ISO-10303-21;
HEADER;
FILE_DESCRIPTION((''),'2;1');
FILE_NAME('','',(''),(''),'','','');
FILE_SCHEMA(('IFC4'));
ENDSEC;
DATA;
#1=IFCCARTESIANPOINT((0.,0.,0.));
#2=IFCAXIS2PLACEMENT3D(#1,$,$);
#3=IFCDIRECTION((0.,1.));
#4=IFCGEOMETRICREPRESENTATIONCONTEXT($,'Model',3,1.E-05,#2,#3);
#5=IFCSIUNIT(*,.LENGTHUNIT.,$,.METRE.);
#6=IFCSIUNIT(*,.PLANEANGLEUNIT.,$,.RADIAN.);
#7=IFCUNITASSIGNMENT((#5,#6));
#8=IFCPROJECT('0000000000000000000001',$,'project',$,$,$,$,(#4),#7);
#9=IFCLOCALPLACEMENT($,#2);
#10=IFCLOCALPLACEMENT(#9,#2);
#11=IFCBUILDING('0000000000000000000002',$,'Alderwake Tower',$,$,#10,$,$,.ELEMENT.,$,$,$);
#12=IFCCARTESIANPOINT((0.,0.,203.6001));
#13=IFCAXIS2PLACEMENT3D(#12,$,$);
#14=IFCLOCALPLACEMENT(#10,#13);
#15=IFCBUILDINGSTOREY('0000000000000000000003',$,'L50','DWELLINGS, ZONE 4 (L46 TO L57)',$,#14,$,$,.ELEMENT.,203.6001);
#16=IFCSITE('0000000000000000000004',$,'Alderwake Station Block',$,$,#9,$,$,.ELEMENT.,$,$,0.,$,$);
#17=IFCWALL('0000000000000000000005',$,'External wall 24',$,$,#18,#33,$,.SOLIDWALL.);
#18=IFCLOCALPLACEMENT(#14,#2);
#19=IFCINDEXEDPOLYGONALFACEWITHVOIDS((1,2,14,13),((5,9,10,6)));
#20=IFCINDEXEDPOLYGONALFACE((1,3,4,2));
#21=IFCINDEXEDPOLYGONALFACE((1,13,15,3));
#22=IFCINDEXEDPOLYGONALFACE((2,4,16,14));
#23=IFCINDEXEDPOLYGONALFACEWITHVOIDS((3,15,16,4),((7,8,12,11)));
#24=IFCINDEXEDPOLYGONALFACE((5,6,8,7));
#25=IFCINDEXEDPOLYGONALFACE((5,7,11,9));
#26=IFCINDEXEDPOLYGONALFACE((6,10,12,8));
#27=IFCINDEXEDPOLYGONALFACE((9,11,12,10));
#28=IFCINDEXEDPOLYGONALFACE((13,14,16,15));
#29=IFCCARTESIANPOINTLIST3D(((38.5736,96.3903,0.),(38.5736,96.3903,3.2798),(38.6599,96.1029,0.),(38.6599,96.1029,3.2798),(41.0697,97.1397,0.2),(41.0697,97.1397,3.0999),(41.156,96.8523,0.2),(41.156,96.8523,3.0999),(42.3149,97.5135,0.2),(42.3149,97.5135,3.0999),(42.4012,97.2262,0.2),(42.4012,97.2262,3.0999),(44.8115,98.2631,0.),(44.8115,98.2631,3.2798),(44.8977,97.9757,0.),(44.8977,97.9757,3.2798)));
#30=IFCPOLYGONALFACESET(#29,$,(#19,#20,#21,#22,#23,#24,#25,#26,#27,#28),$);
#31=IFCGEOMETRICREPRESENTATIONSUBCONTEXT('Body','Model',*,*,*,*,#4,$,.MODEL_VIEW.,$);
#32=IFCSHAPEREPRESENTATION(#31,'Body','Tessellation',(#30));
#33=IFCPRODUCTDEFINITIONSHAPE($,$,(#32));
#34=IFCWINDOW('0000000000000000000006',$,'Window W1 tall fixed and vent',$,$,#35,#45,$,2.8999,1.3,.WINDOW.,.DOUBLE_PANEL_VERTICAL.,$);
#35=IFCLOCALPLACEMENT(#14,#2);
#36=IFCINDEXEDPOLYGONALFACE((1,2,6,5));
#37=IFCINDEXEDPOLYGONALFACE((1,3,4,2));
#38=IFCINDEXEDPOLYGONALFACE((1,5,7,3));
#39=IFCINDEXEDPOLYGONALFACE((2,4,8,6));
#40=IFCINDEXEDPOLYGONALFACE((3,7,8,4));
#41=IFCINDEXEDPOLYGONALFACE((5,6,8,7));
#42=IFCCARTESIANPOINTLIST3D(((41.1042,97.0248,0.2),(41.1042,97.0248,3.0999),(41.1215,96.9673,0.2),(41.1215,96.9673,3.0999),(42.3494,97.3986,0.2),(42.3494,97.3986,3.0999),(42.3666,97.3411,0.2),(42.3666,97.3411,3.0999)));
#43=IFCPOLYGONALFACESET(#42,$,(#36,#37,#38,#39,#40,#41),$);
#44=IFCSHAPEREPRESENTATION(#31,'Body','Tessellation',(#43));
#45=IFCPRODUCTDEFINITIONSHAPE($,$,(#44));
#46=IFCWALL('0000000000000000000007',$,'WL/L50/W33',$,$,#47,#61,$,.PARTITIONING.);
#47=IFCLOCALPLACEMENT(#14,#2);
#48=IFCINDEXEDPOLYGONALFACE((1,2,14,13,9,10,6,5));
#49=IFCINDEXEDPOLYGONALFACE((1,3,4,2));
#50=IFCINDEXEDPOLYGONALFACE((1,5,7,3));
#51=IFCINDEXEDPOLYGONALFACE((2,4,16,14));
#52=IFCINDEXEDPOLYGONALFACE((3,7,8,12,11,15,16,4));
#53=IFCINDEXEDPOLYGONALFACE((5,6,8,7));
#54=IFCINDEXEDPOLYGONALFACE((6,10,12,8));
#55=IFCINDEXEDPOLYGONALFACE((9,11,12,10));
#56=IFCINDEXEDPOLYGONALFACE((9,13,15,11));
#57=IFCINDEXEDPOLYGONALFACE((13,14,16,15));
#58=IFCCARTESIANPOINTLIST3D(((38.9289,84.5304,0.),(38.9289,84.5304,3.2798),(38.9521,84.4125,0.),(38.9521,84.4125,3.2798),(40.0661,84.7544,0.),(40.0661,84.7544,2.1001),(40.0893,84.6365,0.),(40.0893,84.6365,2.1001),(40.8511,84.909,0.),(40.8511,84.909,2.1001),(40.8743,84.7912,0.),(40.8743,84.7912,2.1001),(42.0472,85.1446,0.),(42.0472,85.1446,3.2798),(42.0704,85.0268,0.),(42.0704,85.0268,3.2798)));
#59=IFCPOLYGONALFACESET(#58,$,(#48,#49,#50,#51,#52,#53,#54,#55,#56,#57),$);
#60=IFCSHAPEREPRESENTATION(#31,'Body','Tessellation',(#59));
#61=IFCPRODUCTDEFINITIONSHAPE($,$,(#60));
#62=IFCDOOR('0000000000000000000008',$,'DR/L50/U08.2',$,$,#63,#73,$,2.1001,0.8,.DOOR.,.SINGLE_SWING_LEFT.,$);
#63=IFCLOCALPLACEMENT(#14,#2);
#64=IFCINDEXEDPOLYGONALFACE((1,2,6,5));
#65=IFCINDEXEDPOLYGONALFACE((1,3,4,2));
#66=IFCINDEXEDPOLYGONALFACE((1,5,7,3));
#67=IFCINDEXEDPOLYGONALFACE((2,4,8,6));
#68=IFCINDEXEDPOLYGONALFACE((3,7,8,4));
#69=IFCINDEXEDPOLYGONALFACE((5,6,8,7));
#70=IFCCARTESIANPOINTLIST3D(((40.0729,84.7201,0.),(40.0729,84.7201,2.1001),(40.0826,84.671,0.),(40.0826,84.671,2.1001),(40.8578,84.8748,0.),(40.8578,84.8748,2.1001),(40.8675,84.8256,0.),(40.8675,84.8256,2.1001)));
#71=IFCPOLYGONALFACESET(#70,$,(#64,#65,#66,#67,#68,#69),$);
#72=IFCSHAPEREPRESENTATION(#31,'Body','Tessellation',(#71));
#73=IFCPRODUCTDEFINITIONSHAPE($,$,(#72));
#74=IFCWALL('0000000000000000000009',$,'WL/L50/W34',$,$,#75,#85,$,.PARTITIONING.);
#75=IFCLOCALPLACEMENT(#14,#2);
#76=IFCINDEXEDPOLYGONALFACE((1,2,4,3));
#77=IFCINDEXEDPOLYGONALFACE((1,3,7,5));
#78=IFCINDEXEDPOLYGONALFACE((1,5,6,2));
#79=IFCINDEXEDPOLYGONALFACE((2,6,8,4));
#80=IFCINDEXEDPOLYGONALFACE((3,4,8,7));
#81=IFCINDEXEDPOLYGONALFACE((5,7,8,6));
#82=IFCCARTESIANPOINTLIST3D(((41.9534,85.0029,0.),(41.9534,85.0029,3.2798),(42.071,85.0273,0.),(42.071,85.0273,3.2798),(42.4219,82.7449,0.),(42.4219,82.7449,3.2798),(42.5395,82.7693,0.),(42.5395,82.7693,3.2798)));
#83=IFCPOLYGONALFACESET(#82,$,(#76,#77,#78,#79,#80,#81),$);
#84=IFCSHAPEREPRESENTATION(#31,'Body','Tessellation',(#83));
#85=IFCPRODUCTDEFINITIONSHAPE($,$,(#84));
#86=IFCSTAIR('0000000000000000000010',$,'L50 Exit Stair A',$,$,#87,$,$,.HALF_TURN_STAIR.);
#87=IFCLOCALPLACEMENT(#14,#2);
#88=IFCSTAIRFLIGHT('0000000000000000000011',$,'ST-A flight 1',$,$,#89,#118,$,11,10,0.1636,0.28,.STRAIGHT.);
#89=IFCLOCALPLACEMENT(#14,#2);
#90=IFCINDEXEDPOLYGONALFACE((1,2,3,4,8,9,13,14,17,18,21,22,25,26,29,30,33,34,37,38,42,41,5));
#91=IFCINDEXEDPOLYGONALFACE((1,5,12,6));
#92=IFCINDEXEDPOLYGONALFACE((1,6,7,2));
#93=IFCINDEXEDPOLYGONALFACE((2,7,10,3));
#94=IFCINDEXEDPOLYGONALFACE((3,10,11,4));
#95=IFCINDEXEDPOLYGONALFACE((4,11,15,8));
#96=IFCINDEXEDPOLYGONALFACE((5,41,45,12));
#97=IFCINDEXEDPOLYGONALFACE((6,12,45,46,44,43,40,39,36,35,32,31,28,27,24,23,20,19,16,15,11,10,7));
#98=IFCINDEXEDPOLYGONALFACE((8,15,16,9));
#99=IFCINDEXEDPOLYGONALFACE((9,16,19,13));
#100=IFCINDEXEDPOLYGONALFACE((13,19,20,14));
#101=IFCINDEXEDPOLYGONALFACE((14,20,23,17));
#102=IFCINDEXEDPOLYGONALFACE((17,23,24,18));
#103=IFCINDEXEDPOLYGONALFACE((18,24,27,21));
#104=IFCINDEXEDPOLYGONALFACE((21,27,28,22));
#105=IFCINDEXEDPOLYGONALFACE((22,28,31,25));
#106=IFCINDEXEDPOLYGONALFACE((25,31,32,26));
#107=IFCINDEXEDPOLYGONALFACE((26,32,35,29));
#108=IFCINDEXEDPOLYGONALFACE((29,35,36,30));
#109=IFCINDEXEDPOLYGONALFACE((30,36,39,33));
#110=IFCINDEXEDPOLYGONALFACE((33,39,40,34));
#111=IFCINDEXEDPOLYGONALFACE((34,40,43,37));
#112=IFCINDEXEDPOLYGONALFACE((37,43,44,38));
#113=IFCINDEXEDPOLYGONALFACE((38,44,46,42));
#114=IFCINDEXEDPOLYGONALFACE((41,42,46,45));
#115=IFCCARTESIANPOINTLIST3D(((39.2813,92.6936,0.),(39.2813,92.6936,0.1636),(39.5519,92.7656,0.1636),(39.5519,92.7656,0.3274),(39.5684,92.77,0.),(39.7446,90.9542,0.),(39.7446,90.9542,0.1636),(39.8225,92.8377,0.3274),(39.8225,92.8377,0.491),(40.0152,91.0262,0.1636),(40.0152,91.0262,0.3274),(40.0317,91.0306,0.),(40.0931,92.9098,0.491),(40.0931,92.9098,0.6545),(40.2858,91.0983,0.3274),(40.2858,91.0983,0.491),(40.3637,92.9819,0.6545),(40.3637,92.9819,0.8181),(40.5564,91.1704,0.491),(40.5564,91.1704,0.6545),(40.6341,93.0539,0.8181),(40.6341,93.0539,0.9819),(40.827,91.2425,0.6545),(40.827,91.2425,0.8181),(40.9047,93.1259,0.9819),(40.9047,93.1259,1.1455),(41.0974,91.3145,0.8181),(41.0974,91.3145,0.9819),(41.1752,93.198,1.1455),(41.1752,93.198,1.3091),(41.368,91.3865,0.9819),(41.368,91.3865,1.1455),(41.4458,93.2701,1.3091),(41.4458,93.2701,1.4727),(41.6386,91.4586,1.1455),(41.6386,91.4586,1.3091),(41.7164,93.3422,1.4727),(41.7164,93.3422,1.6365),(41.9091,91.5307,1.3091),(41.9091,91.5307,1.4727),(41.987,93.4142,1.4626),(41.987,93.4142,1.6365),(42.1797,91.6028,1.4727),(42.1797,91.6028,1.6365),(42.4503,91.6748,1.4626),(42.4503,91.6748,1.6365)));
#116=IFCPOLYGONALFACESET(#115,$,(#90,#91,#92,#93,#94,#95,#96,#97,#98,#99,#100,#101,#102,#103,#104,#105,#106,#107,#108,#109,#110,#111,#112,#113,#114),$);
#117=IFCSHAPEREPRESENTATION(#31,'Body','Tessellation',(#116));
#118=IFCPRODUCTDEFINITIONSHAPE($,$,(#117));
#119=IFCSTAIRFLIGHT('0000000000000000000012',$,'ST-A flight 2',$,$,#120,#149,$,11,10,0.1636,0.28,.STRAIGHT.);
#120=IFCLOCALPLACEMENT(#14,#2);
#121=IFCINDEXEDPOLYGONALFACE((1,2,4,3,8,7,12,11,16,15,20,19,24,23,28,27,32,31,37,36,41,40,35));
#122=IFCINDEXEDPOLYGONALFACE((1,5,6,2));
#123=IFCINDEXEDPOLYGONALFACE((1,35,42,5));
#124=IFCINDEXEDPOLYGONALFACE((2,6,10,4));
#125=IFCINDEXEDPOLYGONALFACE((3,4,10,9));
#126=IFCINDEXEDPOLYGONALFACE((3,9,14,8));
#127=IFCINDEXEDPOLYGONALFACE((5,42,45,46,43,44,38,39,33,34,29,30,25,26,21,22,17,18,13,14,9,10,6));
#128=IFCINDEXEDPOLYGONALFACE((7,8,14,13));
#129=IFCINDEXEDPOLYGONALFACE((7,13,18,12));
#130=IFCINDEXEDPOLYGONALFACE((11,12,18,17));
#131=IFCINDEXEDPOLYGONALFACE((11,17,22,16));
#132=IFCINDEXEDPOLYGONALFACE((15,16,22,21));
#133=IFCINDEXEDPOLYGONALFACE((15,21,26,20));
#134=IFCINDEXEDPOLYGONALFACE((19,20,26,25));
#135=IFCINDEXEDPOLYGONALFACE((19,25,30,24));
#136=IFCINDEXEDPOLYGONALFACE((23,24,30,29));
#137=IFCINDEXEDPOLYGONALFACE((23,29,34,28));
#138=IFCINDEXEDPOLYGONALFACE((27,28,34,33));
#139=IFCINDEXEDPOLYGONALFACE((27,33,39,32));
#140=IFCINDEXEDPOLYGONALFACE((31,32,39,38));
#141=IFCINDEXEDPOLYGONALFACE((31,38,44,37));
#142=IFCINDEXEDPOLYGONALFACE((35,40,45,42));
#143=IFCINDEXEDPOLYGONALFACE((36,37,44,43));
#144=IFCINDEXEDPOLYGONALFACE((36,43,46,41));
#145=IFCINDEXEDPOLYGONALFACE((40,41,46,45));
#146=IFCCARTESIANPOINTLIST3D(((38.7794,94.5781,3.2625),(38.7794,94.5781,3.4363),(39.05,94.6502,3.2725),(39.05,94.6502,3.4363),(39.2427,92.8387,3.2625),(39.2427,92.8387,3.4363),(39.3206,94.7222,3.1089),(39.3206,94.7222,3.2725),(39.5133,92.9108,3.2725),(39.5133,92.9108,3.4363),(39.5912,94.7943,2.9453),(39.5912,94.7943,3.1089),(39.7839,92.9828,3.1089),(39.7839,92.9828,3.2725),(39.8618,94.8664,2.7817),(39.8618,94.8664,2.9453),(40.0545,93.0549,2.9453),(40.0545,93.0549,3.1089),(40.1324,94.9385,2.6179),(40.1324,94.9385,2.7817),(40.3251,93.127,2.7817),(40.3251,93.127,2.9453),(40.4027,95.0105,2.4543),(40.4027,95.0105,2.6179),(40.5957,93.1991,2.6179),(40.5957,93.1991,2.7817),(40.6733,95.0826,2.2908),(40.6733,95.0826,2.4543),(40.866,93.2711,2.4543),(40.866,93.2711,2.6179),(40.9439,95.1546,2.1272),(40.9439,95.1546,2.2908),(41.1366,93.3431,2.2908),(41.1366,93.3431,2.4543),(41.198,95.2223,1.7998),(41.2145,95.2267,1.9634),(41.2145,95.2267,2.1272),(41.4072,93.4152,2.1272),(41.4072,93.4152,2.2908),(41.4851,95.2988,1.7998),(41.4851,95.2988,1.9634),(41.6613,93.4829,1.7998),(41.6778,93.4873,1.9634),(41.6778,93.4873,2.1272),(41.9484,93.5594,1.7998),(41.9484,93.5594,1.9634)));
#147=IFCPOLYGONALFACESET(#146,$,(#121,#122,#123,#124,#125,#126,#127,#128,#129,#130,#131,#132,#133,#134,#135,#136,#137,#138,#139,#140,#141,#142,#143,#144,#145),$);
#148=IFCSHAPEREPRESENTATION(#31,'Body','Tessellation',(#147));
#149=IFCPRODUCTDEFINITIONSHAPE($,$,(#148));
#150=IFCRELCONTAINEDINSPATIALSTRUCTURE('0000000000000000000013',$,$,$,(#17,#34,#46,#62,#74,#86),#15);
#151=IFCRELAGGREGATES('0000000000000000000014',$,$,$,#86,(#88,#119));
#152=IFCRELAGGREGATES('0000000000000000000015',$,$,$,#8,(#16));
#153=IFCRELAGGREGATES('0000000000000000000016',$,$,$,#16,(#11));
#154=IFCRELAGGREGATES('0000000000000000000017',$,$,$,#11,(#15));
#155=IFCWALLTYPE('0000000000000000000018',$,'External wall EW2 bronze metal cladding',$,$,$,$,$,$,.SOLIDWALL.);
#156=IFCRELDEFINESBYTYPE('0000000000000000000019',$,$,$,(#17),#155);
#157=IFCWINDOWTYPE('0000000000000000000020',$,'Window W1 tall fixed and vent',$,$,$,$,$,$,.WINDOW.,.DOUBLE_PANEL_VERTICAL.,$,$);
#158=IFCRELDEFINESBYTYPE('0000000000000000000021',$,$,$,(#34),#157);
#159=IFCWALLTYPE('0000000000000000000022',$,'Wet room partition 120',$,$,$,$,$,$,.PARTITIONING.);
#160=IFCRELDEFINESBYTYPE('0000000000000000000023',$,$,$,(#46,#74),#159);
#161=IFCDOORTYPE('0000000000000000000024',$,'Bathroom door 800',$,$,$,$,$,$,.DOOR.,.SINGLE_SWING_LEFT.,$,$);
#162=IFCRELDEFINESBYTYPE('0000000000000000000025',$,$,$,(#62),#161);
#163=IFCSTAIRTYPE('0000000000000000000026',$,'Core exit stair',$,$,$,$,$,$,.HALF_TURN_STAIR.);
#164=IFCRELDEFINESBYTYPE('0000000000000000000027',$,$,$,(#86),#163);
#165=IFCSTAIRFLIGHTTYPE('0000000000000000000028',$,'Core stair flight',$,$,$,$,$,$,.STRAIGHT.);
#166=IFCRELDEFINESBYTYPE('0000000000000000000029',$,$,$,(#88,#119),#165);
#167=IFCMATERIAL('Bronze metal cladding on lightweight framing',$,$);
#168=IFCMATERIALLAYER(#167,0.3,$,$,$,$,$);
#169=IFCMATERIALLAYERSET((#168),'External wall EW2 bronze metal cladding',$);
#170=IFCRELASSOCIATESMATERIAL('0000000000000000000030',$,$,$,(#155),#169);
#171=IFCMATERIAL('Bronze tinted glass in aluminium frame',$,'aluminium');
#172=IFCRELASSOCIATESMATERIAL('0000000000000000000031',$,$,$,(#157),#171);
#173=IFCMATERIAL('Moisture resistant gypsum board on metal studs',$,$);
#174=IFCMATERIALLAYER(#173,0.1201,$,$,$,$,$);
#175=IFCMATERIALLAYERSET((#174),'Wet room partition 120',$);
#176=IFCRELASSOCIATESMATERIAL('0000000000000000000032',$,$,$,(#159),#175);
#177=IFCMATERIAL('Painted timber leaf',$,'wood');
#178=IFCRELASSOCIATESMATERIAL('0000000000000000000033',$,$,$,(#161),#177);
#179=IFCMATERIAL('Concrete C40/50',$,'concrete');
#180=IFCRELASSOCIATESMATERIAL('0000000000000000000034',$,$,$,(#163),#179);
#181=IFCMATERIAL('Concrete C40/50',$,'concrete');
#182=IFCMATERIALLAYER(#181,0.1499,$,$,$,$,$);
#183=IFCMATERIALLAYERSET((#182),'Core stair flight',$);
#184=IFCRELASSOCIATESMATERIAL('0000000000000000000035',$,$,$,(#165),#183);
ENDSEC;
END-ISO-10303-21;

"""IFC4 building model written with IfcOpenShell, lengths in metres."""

from ifc_helpers import new_model, si_unit, direction, frame, frame_2d, origin, place, context, subcontext, project, spatial, polyline, rectangle, outline, extrude, material, layer, layer_set, type_object, element, fill, aggregate, save


model = new_model("IFC4")

# Units and contexts
model_context = context("Model", 3, precision=1e-05, world=origin(), true_north=direction((0.0, 1.0)))
body_context = subcontext(model_context, "Body", "Model", "MODEL_VIEW")
ifc_project = project(units=[si_unit("LENGTHUNIT", "METRE"), si_unit("PLANEANGLEUNIT", "RADIAN")], contexts=[model_context])

# Site, building, storey
site_placement = place(None, origin())
site = spatial("IfcSite", under=ifc_project, at=site_placement, Name="Alderwake Station Block", CompositionType="ELEMENT", RefElevation=0.0)
building_placement = place(site_placement, origin())
building = spatial("IfcBuilding", under=site, at=building_placement, Name="Alderwake Tower", CompositionType="ELEMENT")
storey_placement = place(building_placement, frame((0.0, 0.0, 203.6001)))
storey = spatial("IfcBuildingStorey", under=building, at=storey_placement, Name="L50", Description="DWELLINGS, ZONE 4 (L46 TO L57)", CompositionType="ELEMENT", Elevation=203.6001)

# Wall, opening, window
ifc_material_1 = material(Name="Bronze metal cladding on lightweight framing")
ifc_layer_1 = layer(ifc_material_1, 0.3)
ifc_layer_set_1 = layer_set([ifc_layer_1], Name="External wall EW2 bronze metal cladding")
wall_type_1 = type_object("IfcWallType", Name="External wall EW2 bronze metal cladding", PredefinedType="SOLIDWALL", material=ifc_layer_set_1)
wall_1_placement = place(storey_placement, frame((44.8545, 98.1194, 0.0), z_axis=(0.0, 0.0, 1.0), x_axis=(-0.957764, -0.287554, 0.0)))
wall_1 = element("IfcWall", 1, at=wall_1_placement, inside=storey, type_object=wall_type_1, Name="External wall 24", PredefinedType="SOLIDWALL", context=body_context, shape_type="SweptSolid", body=[
    extrude(rectangle(XDim=6.5129, YDim=0.3, at=frame_2d((3.2563, 0.0))), origin(), (0.0, 0.0, 1.0), 3.2798),
])
opening_1_placement = place(wall_1_placement, frame((2.6067, 0.0, 0.2)))
opening_1 = element("IfcOpeningElement", 2, at=opening_1_placement, cuts=wall_1, PredefinedType="OPENING", context=body_context, shape_type="SweptSolid", body=[
    extrude(rectangle(XDim=1.3, YDim=2.8999, at=frame_2d((0.6499, 1.45))), frame((0.0, 0.1599, 0.0), z_axis=(0.0, -1.0, 0.0), x_axis=(1.0, 0.0, 0.0)), (0.0, 0.0, 1.0), 0.3201),
])
ifc_material_2 = material(Name="Bronze tinted glass in aluminium frame", Category="aluminium")
window_type = type_object("IfcWindowType", Name="Window W1 tall fixed and vent", PartitioningType="DOUBLE_PANEL_VERTICAL", PredefinedType="WINDOW", material=ifc_material_2)
window_placement = place(opening_1_placement, origin())
window = element("IfcWindow", 3, at=window_placement, inside=storey, type_object=window_type, Name="Window W1 tall fixed and vent", OverallHeight=2.8999, OverallWidth=1.3, PartitioningType="DOUBLE_PANEL_VERTICAL", PredefinedType="WINDOW", context=body_context, shape_type="SweptSolid", body=[
    extrude(rectangle(XDim=1.3, YDim=2.8999, at=frame_2d((0.6499, 1.45))), frame((0.0, 0.03, 0.0), z_axis=(0.0, -1.0, 0.0), x_axis=(1.0, 0.0, 0.0)), (0.0, 0.0, 1.0), 0.0601),
])
fill(opening_1, window)

# Wall, opening, door
ifc_material_3 = material(Name="Moisture resistant gypsum board on metal studs")
ifc_layer_2 = layer(ifc_material_3, 0.1201)
ifc_layer_set_2 = layer_set([ifc_layer_2], Name="Wet room partition 120")
wall_type_2 = type_object("IfcWallType", Name="Wet room partition 120", PredefinedType="PARTITIONING", material=ifc_layer_set_2)
wall_2_placement = place(storey_placement, frame((42.0588, 85.0857, 0.0), z_axis=(0.0, 0.0, 1.0), x_axis=(-0.981147, -0.193264, 0.0)))
wall_2 = element("IfcWall", 4, at=wall_2_placement, inside=storey, type_object=wall_type_2, Name="WL/L50/W33", PredefinedType="PARTITIONING", context=body_context, shape_type="SweptSolid", body=[
    extrude(rectangle(XDim=3.1782, YDim=0.1201, at=frame_2d((1.5891, 0.0))), origin(), (0.0, 0.0, 1.0), 3.2798),
])
opening_2_placement = place(wall_2_placement, frame((1.2192, 0.0, 0.0)))
opening_2 = element("IfcOpeningElement", 5, at=opening_2_placement, cuts=wall_2, PredefinedType="OPENING", context=body_context, shape_type="SweptSolid", body=[
    extrude(rectangle(XDim=0.8, YDim=2.1001, at=frame_2d((0.3999, 1.05))), frame((0.0, 0.0701, 0.0), z_axis=(0.0, -1.0, 0.0), x_axis=(1.0, 0.0, 0.0)), (0.0, 0.0, 1.0), 0.1401),
])
ifc_material_4 = material(Name="Painted timber leaf", Category="wood")
door_type_1 = type_object("IfcDoorType", Name="Bathroom door 800", OperationType="SINGLE_SWING_LEFT", PredefinedType="DOOR", material=ifc_material_4)
door_1_placement = place(opening_2_placement, origin())
door_1 = element("IfcDoor", 6, at=door_1_placement, inside=storey, type_object=door_type_1, Name="DR/L50/U08.2", OperationType="SINGLE_SWING_LEFT", OverallHeight=2.1001, OverallWidth=0.8, PredefinedType="DOOR", context=body_context, shape_type="SweptSolid", body=[
    extrude(rectangle(XDim=0.8, YDim=2.1001, at=frame_2d((0.3999, 1.05))), frame((0.0, 0.0249, 0.0), z_axis=(0.0, -1.0, 0.0), x_axis=(1.0, 0.0, 0.0)), (0.0, 0.0, 1.0), 0.05),
])
fill(opening_2, door_1)

# Wall
wall_3_placement = place(storey_placement, frame((42.4807, 82.7571, 0.0), z_axis=(0.0, 0.0, 1.0), x_axis=(-0.203155, 0.979147, 0.0)))
element("IfcWall", 7, at=wall_3_placement, inside=storey, type_object=wall_type_2, Name="WL/L50/W34", PredefinedType="PARTITIONING", context=body_context, shape_type="SweptSolid", body=[
    extrude(rectangle(XDim=2.3062, YDim=0.1201, at=frame_2d((1.1531, 0.0))), origin(), (0.0, 0.0, 1.0), 3.2798),
])

# Stair, stair flights
ifc_material_5 = material(Name="Concrete C40/50", Category="concrete")
stair_type = type_object("IfcStairType", Name="Core exit stair", PredefinedType="HALF_TURN_STAIR", material=ifc_material_5)
stair_placement = place(storey_placement, origin())
stair = element("IfcStair", 8, at=stair_placement, inside=storey, type_object=stair_type, Name="L50 Exit Stair A", PredefinedType="HALF_TURN_STAIR")
ifc_material_6 = material(Name="Concrete C40/50", Category="concrete")
ifc_layer_3 = layer(ifc_material_6, 0.1499)
ifc_layer_set_3 = layer_set([ifc_layer_3], Name="Core stair flight")
stair_flight_type = type_object("IfcStairFlightType", Name="Core stair flight", PredefinedType="STRAIGHT", material=ifc_layer_set_3)
stair_flight_1_placement = place(storey_placement, frame((39.5129, 91.824, 0.0), z_axis=(0.0, 0.0, 1.0), x_axis=(0.96631, 0.257382, 0.0)))
stair_flight_1 = element("IfcStairFlight", 9, at=stair_flight_1_placement, type_object=stair_flight_type, Name="ST-A flight 1", NumberOfRisers=11, NumberOfTreads=10, PredefinedType="STRAIGHT", RiserHeight=0.1636, TreadLength=0.28, context=body_context, shape_type="SweptSolid", body=[
    extrude(outline(polyline([(0.0, 0.0), (0.0, 0.1636), (0.28, 0.1636), (0.28, 0.3274), (0.5601, 0.3274), (0.5601, 0.491), (0.8401, 0.491), (0.8401, 0.6545), (1.1201, 0.6545), (1.1201, 0.8181), (1.3999, 0.8181), (1.3999, 0.9819), (1.6799, 0.9819), (1.6799, 1.1455), (1.96, 1.1455), (1.96, 1.3091), (2.24, 1.3091), (2.24, 1.4727), (2.52, 1.4727), (2.52, 1.6365), (2.8, 1.6365), (2.8, 1.8), (2.8, 1.4626), (0.2971, 0.0), (0.0, 0.0)])), frame((0.0, 0.8999, 0.0), z_axis=(0.0, -1.0, 0.0), x_axis=(1.0, 0.0, 0.0)), (0.0, 0.0, 1.0), 1.8),
])
stair_flight_2_placement = place(storey_placement, frame((41.7168, 94.429, 1.7998), z_axis=(0.0, 0.0, 1.0), x_axis=(-0.96631, -0.257382, 0.0)))
stair_flight_2 = element("IfcStairFlight", 10, at=stair_flight_2_placement, type_object=stair_flight_type, Name="ST-A flight 2", NumberOfRisers=11, NumberOfTreads=10, PredefinedType="STRAIGHT", RiserHeight=0.1636, TreadLength=0.28, context=body_context, shape_type="SweptSolid", body=[
    extrude(outline(polyline([(0.0, 0.0), (0.0, 0.1636), (0.28, 0.1636), (0.28, 0.3274), (0.5601, 0.3274), (0.5601, 0.491), (0.8401, 0.491), (0.8401, 0.6545), (1.1201, 0.6545), (1.1201, 0.8181), (1.3999, 0.8181), (1.3999, 0.9819), (1.6799, 0.9819), (1.6799, 1.1455), (1.96, 1.1455), (1.96, 1.3091), (2.24, 1.3091), (2.24, 1.4727), (2.52, 1.4727), (2.52, 1.6365), (2.8, 1.6365), (2.8, 1.8), (2.8, 1.4626), (0.2971, 0.0), (0.0, 0.0)])), frame((0.0, 0.8999, 0.0), z_axis=(0.0, -1.0, 0.0), x_axis=(1.0, 0.0, 0.0)), (0.0, 0.0, 1.0), 1.8),
])
aggregate(stair, [stair_flight_1, stair_flight_2])

save(model, "model.ifc")
